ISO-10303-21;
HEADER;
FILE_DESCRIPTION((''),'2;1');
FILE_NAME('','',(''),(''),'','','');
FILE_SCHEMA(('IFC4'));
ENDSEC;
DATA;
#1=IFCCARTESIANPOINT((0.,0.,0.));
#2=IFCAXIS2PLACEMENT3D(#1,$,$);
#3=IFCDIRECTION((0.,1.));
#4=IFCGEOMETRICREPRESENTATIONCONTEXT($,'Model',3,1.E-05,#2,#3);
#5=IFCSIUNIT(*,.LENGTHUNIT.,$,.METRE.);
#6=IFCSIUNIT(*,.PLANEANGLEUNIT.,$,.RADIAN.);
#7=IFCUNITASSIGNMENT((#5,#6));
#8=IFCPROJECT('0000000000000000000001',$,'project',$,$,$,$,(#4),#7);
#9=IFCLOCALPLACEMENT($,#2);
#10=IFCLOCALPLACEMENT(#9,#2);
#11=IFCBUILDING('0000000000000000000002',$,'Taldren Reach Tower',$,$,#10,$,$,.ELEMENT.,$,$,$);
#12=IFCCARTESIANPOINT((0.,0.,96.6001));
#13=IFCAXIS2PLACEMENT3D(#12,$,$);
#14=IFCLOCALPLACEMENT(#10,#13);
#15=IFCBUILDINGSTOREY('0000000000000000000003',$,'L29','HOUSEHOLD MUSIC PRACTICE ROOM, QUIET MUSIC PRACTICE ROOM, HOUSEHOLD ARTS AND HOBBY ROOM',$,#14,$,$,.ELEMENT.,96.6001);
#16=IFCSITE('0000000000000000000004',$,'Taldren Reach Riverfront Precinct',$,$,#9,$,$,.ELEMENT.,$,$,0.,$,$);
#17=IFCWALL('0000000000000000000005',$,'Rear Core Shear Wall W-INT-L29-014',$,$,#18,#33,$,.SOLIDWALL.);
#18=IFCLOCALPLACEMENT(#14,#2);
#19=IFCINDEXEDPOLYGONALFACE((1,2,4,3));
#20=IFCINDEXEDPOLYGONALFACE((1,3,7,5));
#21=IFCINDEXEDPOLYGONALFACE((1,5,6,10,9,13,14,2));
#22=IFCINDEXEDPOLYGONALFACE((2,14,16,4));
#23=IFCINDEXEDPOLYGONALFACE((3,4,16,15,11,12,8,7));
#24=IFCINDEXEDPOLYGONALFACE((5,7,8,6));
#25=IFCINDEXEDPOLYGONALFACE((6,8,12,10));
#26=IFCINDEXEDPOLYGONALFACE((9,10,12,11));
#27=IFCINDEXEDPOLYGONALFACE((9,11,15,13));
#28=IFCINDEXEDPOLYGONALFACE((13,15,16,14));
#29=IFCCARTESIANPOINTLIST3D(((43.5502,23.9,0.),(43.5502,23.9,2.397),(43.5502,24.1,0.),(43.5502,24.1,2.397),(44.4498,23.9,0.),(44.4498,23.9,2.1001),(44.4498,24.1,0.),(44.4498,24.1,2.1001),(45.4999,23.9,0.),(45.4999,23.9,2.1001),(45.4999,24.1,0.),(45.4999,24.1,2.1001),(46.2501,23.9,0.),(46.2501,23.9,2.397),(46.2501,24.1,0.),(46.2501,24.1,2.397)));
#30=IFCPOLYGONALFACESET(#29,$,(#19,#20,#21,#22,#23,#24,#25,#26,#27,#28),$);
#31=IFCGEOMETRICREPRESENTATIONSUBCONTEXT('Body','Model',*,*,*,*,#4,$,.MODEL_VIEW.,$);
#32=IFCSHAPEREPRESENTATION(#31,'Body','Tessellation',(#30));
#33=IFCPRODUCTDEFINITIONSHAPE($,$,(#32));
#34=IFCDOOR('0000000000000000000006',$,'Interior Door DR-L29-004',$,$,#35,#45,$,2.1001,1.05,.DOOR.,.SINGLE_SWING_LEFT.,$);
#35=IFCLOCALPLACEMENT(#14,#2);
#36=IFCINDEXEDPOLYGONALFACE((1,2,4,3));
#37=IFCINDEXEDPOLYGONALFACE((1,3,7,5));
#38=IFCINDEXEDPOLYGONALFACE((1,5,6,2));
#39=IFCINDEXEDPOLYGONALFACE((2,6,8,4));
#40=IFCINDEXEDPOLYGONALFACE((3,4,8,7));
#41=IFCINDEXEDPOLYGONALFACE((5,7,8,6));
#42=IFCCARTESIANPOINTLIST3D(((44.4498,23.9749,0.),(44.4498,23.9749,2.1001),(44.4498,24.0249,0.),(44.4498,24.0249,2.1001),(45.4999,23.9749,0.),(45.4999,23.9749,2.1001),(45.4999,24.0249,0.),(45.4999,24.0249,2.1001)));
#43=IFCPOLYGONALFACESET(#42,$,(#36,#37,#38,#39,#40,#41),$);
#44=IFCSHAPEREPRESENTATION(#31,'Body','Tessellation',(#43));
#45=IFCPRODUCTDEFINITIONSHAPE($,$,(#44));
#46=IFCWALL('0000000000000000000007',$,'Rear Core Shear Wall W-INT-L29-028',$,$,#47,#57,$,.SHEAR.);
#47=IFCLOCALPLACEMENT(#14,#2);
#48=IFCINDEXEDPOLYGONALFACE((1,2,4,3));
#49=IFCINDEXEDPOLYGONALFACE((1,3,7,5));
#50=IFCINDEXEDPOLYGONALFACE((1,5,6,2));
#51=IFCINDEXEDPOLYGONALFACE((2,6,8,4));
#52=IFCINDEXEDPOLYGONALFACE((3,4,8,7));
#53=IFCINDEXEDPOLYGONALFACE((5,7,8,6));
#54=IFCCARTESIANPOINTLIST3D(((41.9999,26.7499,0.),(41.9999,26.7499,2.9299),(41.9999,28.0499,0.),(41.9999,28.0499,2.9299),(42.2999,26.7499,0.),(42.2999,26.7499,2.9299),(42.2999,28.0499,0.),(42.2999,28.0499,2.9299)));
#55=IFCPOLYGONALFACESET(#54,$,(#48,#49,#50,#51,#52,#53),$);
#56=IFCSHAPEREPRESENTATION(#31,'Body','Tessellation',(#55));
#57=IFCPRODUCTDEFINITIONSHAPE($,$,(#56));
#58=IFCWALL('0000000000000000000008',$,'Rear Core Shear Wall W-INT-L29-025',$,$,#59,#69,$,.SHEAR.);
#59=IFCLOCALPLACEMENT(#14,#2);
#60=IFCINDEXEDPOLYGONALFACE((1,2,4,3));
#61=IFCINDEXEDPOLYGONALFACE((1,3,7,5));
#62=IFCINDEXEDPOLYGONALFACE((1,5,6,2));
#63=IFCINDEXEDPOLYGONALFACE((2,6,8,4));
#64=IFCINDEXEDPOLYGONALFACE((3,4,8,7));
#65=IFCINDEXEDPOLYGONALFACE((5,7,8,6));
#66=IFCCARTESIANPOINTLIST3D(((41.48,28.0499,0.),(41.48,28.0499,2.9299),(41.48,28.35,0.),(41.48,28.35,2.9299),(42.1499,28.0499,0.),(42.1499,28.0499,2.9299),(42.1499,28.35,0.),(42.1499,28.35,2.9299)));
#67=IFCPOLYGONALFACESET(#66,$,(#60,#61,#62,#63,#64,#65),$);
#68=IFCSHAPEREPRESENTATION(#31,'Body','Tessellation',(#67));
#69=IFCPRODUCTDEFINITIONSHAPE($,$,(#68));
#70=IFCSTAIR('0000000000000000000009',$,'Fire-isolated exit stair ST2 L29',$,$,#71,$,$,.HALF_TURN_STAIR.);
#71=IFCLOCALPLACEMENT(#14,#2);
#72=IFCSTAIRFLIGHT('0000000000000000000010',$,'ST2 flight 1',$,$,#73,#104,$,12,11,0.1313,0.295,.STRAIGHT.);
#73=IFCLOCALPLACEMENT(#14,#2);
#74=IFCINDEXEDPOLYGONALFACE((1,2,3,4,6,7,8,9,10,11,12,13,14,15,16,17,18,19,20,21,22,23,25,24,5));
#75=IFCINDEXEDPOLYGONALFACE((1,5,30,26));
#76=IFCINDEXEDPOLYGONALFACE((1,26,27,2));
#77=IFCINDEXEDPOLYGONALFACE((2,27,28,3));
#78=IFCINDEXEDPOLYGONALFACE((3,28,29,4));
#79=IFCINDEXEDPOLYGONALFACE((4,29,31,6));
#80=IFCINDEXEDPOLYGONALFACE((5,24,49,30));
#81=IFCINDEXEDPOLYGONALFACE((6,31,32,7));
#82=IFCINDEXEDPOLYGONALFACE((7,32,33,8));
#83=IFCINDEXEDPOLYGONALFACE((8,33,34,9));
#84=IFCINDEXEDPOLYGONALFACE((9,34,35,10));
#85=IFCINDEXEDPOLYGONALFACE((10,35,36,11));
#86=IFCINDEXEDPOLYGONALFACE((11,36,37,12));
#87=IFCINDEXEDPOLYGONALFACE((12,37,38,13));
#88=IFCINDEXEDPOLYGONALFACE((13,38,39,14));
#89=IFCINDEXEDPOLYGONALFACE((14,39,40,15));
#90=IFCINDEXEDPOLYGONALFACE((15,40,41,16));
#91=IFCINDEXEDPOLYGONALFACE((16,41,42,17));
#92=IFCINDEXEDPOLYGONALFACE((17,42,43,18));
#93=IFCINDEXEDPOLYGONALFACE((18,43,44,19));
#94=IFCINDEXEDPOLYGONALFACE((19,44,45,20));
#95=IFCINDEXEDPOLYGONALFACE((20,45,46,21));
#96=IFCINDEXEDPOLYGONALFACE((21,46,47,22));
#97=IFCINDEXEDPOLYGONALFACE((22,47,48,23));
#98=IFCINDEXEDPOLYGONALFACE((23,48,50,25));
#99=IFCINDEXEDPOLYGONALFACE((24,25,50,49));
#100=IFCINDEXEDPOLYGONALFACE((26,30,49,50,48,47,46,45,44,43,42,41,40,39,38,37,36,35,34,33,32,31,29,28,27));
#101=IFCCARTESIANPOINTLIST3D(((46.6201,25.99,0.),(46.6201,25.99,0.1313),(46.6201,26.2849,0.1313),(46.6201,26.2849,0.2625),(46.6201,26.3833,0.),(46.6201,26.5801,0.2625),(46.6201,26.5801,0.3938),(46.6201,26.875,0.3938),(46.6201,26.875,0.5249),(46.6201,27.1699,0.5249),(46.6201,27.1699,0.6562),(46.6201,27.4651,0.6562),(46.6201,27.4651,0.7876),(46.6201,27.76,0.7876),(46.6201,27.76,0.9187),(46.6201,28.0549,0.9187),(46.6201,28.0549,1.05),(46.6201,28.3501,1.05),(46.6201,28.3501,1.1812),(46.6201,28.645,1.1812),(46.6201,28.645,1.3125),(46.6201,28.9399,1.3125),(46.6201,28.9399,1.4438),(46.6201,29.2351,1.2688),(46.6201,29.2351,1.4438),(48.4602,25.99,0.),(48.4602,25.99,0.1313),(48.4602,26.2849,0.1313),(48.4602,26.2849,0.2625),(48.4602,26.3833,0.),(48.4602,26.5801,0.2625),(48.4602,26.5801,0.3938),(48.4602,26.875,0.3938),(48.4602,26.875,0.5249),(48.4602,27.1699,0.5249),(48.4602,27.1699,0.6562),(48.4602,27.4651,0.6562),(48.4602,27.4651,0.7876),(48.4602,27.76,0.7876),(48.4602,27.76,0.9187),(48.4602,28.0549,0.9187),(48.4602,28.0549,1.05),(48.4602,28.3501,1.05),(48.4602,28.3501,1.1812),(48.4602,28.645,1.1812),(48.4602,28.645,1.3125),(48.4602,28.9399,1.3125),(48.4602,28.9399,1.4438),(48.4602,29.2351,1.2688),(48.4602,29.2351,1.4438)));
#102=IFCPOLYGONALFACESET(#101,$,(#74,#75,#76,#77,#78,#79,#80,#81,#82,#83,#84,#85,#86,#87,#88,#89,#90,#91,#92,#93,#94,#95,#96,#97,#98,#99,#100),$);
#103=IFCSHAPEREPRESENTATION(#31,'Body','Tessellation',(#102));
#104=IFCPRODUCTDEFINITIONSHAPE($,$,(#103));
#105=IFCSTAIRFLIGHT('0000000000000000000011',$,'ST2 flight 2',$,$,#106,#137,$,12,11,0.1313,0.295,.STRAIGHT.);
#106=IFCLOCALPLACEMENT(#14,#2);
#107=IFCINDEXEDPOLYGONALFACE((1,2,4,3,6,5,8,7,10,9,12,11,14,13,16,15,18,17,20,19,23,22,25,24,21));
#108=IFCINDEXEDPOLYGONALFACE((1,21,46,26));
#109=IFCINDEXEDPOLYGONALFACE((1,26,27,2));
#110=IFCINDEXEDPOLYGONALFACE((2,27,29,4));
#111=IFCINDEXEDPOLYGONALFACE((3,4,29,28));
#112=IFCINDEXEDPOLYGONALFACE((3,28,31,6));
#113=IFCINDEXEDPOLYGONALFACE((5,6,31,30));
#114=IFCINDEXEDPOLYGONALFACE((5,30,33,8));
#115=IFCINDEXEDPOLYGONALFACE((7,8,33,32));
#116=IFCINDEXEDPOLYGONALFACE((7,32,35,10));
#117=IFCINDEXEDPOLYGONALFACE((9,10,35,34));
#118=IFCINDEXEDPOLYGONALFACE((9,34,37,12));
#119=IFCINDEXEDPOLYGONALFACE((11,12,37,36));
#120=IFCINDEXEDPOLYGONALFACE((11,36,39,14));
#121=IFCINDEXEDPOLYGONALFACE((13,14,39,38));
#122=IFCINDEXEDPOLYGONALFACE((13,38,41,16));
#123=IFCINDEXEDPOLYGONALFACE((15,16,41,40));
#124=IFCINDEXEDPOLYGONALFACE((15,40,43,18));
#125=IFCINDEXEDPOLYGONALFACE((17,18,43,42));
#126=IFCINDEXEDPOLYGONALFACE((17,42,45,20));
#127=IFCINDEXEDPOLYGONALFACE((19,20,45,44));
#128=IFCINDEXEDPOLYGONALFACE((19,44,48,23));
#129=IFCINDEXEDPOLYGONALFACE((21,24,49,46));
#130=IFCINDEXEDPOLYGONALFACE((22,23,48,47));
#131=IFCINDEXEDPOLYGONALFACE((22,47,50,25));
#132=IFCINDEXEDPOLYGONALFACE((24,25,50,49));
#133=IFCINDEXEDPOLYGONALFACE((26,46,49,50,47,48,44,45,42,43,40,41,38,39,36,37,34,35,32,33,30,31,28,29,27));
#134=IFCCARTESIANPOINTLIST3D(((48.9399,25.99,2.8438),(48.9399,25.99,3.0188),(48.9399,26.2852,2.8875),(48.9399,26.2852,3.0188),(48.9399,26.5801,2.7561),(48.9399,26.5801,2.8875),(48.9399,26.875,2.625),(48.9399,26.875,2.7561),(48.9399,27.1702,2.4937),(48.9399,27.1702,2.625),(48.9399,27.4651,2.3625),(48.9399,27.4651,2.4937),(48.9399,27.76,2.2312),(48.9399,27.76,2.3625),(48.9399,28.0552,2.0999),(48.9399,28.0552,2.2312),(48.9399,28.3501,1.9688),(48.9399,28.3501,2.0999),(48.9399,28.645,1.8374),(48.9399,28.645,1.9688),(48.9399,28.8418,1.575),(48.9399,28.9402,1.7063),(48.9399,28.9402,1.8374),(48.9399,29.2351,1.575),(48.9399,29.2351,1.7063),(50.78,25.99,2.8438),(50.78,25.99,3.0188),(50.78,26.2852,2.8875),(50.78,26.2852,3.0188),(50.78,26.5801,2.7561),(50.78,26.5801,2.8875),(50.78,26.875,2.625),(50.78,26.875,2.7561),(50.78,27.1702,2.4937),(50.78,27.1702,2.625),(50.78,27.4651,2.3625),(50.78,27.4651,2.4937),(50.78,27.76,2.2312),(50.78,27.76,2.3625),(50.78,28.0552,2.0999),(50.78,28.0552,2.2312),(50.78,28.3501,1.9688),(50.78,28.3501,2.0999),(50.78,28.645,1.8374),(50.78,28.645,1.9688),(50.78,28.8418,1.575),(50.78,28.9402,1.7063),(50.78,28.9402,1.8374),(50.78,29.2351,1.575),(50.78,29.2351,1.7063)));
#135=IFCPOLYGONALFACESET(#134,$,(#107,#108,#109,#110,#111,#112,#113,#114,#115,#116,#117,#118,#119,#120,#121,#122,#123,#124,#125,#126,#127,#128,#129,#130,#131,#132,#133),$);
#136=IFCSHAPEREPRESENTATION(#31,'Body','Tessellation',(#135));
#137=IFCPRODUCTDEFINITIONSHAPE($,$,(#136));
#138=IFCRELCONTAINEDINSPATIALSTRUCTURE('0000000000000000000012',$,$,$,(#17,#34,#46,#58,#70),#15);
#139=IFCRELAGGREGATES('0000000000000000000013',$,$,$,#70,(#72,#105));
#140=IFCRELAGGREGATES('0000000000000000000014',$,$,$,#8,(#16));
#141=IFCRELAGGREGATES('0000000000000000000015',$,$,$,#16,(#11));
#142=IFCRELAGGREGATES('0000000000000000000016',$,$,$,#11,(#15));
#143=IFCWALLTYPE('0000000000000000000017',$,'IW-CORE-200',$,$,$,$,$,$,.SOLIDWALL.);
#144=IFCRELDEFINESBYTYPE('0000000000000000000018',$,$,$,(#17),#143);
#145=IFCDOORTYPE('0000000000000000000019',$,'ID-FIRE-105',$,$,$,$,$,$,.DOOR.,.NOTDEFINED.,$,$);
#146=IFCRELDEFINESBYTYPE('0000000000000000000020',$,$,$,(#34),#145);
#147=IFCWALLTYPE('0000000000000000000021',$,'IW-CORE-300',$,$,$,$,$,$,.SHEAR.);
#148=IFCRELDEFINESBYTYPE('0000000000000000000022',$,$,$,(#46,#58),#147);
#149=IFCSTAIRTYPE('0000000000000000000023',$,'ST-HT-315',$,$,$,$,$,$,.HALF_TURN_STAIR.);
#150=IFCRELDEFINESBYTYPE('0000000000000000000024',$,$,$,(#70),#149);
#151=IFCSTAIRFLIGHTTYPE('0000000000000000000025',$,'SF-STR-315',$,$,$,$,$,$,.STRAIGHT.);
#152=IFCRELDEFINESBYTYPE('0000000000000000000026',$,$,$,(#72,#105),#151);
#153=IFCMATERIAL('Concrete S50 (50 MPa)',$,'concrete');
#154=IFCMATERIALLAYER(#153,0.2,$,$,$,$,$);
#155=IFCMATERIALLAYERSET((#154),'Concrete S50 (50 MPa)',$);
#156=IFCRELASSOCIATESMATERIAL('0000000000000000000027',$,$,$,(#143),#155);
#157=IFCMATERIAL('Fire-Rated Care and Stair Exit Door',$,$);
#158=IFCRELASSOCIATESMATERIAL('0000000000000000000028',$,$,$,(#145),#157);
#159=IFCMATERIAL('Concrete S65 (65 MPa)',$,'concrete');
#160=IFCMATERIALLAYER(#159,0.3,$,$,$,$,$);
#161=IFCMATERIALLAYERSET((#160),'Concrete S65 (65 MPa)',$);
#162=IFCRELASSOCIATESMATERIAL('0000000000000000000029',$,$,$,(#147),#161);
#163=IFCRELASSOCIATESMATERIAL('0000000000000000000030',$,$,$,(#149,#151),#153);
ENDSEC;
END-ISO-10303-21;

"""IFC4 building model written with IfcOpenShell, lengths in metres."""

from ifc_helpers import new_model, si_unit, direction, frame, frame_2d, origin, place, context, subcontext, project, spatial, polyline, rectangle, outline, extrude, source, transform, mapped, material, layer, layer_set, type_object, element, fill, aggregate, save


model = new_model("IFC4")

# Units and contexts
model_context = context("Model", 3, precision=1e-05, world=origin(), true_north=direction((0.0, 1.0)))
body_context = subcontext(model_context, "Body", "Model", "MODEL_VIEW")
ifc_project = project(units=[si_unit("LENGTHUNIT", "METRE"), si_unit("PLANEANGLEUNIT", "RADIAN")], contexts=[model_context])

# Site, building, storey
site_placement = place(None, origin())
site = spatial("IfcSite", under=ifc_project, at=site_placement, Name="Taldren Reach Riverfront Precinct", CompositionType="ELEMENT", RefElevation=0.0)
building_placement = place(site_placement, origin())
building = spatial("IfcBuilding", under=site, at=building_placement, Name="Taldren Reach Tower", CompositionType="ELEMENT")
storey_placement = place(building_placement, frame((0.0, 0.0, 96.6001)))
storey = spatial("IfcBuildingStorey", under=building, at=storey_placement, Name="L29", Description="HOUSEHOLD MUSIC PRACTICE ROOM, QUIET MUSIC PRACTICE ROOM, HOUSEHOLD ARTS AND HOBBY ROOM", CompositionType="ELEMENT", Elevation=96.6001)

# Shared definitions
ifc_material_1 = material(Name="Concrete S50 (50 MPa)", Category="concrete")
ifc_layer_1 = layer(ifc_material_1, 0.2)
ifc_layer_set_1 = layer_set([ifc_layer_1], Name="Concrete S50 (50 MPa)")
wall_type_1 = type_object("IfcWallType", Name="IW-CORE-200", PredefinedType="SOLIDWALL", material=ifc_layer_set_1)
shared_shape_1 = source(origin(), body_context, "Body", "SweptSolid", [
    extrude(rectangle(XDim=1.05, YDim=2.1001, at=frame_2d((0.5249, 1.05))), frame((0.0, 0.1099, 0.0), z_axis=(0.0, -1.0, 0.0), x_axis=(1.0, 0.0, 0.0)), (0.0, 0.0, 1.0), 0.22),
])
ifc_material_2 = material(Name="Fire-Rated Care and Stair Exit Door")
door_type_1 = type_object("IfcDoorType", Name="ID-FIRE-105", OperationType="NOTDEFINED", PredefinedType="DOOR", material=ifc_material_2)
shared_shape_2 = source(origin(), body_context, "Body", "SweptSolid", [
    extrude(rectangle(XDim=1.05, YDim=2.1001, at=frame_2d((0.5249, 1.05))), frame((0.0, 0.0249, 0.0), z_axis=(0.0, -1.0, 0.0), x_axis=(1.0, 0.0, 0.0)), (0.0, 0.0, 1.0), 0.05),
])

# Shared definitions
ifc_material_3 = material(Name="Concrete S65 (65 MPa)", Category="concrete")
ifc_layer_2 = layer(ifc_material_3, 0.3)
ifc_layer_set_2 = layer_set([ifc_layer_2], Name="Concrete S65 (65 MPa)")
wall_type_2 = type_object("IfcWallType", Name="IW-CORE-300", PredefinedType="SHEAR", material=ifc_layer_set_2)

# Wall, opening, door
shared_shape_3 = source(origin(), body_context, "Body", "SweptSolid", [
    extrude(rectangle(XDim=2.7, YDim=0.2, at=frame_2d((1.3501, 0.0))), origin(), (0.0, 0.0, 1.0), 2.397),
])
wall_1_placement = place(storey_placement, frame((43.55, 24.0, 0.0), z_axis=(0.0, 0.0, 1.0), x_axis=(1.0, 0.0, 0.0)))
wall_1 = element("IfcWall", 1, at=wall_1_placement, inside=storey, type_object=wall_type_1, Name="Rear Core Shear Wall W-INT-L29-014", PredefinedType="SOLIDWALL", context=body_context, shape_type="MappedRepresentation", body=[
    mapped(shared_shape_3, transform((0.0, 0.0, 0.0), scale=1.0)),
])
opening_1_placement = place(wall_1_placement, frame((0.8999, 0.0, 0.0)))
opening_1 = element("IfcOpeningElement", 2, at=opening_1_placement, cuts=wall_1, PredefinedType="OPENING", context=body_context, shape_type="MappedRepresentation", body=[
    mapped(shared_shape_1, transform((0.0, 0.0, 0.0), scale=1.0)),
])
door_1_placement = place(opening_1_placement, origin())
door_1 = element("IfcDoor", 3, at=door_1_placement, inside=storey, type_object=door_type_1, Name="Interior Door DR-L29-004", OperationType="SINGLE_SWING_LEFT", OverallHeight=2.1001, OverallWidth=1.05, PredefinedType="DOOR", context=body_context, shape_type="MappedRepresentation", body=[
    mapped(shared_shape_2, transform((0.0, 0.0, 0.0), scale=1.0)),
])
fill(opening_1, door_1)

# Walls
shared_shape_4 = source(origin(), body_context, "Body", "SweptSolid", [
    extrude(rectangle(XDim=1.3, YDim=0.3, at=frame_2d((0.6499, 0.0))), origin(), (0.0, 0.0, 1.0), 2.9299),
])
wall_2_placement = place(storey_placement, frame((42.1499, 26.75, 0.0), z_axis=(0.0, 0.0, 1.0), x_axis=(0.0, 1.0, 0.0)))
element("IfcWall", 4, at=wall_2_placement, inside=storey, type_object=wall_type_2, Name="Rear Core Shear Wall W-INT-L29-028", PredefinedType="SHEAR", context=body_context, shape_type="MappedRepresentation", body=[
    mapped(shared_shape_4, transform((0.0, 0.0, 0.0), scale=1.0)),
])
shared_shape_5 = source(origin(), body_context, "Body", "SweptSolid", [
    extrude(rectangle(XDim=0.6699, YDim=0.3, at=frame_2d((0.335, 0.0))), origin(), (0.0, 0.0, 1.0), 2.9299),
])
wall_3_placement = place(storey_placement, frame((42.1499, 28.2, 0.0), z_axis=(0.0, 0.0, 1.0), x_axis=(-1.0, 0.0, 0.0)))
element("IfcWall", 5, at=wall_3_placement, inside=storey, type_object=wall_type_2, Name="Rear Core Shear Wall W-INT-L29-025", PredefinedType="SHEAR", context=body_context, shape_type="MappedRepresentation", body=[
    mapped(shared_shape_5, transform((0.0, 0.0, 0.0), scale=1.0)),
])

# Stair, stair flights
stair_type = type_object("IfcStairType", Name="ST-HT-315", PredefinedType="HALF_TURN_STAIR", material=ifc_material_1)
stair_placement = place(storey_placement, origin())
stair = element("IfcStair", 6, at=stair_placement, inside=storey, type_object=stair_type, Name="Fire-isolated exit stair ST2 L29", PredefinedType="HALF_TURN_STAIR")
stair_flight_type = type_object("IfcStairFlightType", Name="SF-STR-315", PredefinedType="STRAIGHT", material=ifc_material_1)
stair_flight_1_placement = place(storey_placement, frame((47.54, 25.99, 0.0), z_axis=(0.0, 0.0, 1.0), x_axis=(0.0, 1.0, 0.0)))
stair_flight_1 = element("IfcStairFlight", 7, at=stair_flight_1_placement, type_object=stair_flight_type, Name="ST2 flight 1", NumberOfRisers=12, NumberOfTreads=11, PredefinedType="STRAIGHT", RiserHeight=0.1313, TreadLength=0.295, context=body_context, shape_type="SweptSolid", body=[
    extrude(outline(polyline([(0.0, 0.0), (0.0, 0.1313), (0.2949, 0.1313), (0.2949, 0.2625), (0.5901, 0.2625), (0.5901, 0.3938), (0.885, 0.3938), (0.885, 0.5249), (1.1799, 0.5249), (1.1799, 0.6562), (1.4751, 0.6562), (1.4751, 0.7876), (1.77, 0.7876), (1.77, 0.9187), (2.0649, 0.9187), (2.0649, 1.05), (2.3601, 1.05), (2.3601, 1.1812), (2.655, 1.1812), (2.655, 1.3125), (2.95, 1.3125), (2.95, 1.4438), (3.2451, 1.4438), (3.2451, 1.575), (3.2451, 1.2688), (0.3933, 0.0), (0.0, 0.0)])), frame((0.0, 0.9199, 0.0), z_axis=(0.0, -1.0, 0.0), x_axis=(1.0, 0.0, 0.0)), (0.0, 0.0, 1.0), 1.8401),
])
stair_flight_2_placement = place(storey_placement, frame((49.8601, 29.2351, 1.575), z_axis=(0.0, 0.0, 1.0), x_axis=(0.0, -1.0, 0.0)))
stair_flight_2 = element("IfcStairFlight", 8, at=stair_flight_2_placement, type_object=stair_flight_type, Name="ST2 flight 2", NumberOfRisers=12, NumberOfTreads=11, PredefinedType="STRAIGHT", RiserHeight=0.1313, TreadLength=0.295, context=body_context, shape_type="SweptSolid", body=[
    extrude(outline(polyline([(0.0, 0.0), (0.0, 0.1313), (0.2949, 0.1313), (0.2949, 0.2625), (0.5901, 0.2625), (0.5901, 0.3938), (0.885, 0.3938), (0.885, 0.5249), (1.1799, 0.5249), (1.1799, 0.6562), (1.4751, 0.6562), (1.4751, 0.7876), (1.77, 0.7876), (1.77, 0.9187), (2.0649, 0.9187), (2.0649, 1.05), (2.3601, 1.05), (2.3601, 1.1812), (2.655, 1.1812), (2.655, 1.3125), (2.95, 1.3125), (2.95, 1.4438), (3.2451, 1.4438), (3.2451, 1.575), (3.2451, 1.2688), (0.3933, 0.0), (0.0, 0.0)])), frame((0.0, 0.9199, 0.0), z_axis=(0.0, -1.0, 0.0), x_axis=(1.0, 0.0, 0.0)), (0.0, 0.0, 1.0), 1.8401),
])
aggregate(stair, [stair_flight_1, stair_flight_2])

save(model, "model.ifc")
